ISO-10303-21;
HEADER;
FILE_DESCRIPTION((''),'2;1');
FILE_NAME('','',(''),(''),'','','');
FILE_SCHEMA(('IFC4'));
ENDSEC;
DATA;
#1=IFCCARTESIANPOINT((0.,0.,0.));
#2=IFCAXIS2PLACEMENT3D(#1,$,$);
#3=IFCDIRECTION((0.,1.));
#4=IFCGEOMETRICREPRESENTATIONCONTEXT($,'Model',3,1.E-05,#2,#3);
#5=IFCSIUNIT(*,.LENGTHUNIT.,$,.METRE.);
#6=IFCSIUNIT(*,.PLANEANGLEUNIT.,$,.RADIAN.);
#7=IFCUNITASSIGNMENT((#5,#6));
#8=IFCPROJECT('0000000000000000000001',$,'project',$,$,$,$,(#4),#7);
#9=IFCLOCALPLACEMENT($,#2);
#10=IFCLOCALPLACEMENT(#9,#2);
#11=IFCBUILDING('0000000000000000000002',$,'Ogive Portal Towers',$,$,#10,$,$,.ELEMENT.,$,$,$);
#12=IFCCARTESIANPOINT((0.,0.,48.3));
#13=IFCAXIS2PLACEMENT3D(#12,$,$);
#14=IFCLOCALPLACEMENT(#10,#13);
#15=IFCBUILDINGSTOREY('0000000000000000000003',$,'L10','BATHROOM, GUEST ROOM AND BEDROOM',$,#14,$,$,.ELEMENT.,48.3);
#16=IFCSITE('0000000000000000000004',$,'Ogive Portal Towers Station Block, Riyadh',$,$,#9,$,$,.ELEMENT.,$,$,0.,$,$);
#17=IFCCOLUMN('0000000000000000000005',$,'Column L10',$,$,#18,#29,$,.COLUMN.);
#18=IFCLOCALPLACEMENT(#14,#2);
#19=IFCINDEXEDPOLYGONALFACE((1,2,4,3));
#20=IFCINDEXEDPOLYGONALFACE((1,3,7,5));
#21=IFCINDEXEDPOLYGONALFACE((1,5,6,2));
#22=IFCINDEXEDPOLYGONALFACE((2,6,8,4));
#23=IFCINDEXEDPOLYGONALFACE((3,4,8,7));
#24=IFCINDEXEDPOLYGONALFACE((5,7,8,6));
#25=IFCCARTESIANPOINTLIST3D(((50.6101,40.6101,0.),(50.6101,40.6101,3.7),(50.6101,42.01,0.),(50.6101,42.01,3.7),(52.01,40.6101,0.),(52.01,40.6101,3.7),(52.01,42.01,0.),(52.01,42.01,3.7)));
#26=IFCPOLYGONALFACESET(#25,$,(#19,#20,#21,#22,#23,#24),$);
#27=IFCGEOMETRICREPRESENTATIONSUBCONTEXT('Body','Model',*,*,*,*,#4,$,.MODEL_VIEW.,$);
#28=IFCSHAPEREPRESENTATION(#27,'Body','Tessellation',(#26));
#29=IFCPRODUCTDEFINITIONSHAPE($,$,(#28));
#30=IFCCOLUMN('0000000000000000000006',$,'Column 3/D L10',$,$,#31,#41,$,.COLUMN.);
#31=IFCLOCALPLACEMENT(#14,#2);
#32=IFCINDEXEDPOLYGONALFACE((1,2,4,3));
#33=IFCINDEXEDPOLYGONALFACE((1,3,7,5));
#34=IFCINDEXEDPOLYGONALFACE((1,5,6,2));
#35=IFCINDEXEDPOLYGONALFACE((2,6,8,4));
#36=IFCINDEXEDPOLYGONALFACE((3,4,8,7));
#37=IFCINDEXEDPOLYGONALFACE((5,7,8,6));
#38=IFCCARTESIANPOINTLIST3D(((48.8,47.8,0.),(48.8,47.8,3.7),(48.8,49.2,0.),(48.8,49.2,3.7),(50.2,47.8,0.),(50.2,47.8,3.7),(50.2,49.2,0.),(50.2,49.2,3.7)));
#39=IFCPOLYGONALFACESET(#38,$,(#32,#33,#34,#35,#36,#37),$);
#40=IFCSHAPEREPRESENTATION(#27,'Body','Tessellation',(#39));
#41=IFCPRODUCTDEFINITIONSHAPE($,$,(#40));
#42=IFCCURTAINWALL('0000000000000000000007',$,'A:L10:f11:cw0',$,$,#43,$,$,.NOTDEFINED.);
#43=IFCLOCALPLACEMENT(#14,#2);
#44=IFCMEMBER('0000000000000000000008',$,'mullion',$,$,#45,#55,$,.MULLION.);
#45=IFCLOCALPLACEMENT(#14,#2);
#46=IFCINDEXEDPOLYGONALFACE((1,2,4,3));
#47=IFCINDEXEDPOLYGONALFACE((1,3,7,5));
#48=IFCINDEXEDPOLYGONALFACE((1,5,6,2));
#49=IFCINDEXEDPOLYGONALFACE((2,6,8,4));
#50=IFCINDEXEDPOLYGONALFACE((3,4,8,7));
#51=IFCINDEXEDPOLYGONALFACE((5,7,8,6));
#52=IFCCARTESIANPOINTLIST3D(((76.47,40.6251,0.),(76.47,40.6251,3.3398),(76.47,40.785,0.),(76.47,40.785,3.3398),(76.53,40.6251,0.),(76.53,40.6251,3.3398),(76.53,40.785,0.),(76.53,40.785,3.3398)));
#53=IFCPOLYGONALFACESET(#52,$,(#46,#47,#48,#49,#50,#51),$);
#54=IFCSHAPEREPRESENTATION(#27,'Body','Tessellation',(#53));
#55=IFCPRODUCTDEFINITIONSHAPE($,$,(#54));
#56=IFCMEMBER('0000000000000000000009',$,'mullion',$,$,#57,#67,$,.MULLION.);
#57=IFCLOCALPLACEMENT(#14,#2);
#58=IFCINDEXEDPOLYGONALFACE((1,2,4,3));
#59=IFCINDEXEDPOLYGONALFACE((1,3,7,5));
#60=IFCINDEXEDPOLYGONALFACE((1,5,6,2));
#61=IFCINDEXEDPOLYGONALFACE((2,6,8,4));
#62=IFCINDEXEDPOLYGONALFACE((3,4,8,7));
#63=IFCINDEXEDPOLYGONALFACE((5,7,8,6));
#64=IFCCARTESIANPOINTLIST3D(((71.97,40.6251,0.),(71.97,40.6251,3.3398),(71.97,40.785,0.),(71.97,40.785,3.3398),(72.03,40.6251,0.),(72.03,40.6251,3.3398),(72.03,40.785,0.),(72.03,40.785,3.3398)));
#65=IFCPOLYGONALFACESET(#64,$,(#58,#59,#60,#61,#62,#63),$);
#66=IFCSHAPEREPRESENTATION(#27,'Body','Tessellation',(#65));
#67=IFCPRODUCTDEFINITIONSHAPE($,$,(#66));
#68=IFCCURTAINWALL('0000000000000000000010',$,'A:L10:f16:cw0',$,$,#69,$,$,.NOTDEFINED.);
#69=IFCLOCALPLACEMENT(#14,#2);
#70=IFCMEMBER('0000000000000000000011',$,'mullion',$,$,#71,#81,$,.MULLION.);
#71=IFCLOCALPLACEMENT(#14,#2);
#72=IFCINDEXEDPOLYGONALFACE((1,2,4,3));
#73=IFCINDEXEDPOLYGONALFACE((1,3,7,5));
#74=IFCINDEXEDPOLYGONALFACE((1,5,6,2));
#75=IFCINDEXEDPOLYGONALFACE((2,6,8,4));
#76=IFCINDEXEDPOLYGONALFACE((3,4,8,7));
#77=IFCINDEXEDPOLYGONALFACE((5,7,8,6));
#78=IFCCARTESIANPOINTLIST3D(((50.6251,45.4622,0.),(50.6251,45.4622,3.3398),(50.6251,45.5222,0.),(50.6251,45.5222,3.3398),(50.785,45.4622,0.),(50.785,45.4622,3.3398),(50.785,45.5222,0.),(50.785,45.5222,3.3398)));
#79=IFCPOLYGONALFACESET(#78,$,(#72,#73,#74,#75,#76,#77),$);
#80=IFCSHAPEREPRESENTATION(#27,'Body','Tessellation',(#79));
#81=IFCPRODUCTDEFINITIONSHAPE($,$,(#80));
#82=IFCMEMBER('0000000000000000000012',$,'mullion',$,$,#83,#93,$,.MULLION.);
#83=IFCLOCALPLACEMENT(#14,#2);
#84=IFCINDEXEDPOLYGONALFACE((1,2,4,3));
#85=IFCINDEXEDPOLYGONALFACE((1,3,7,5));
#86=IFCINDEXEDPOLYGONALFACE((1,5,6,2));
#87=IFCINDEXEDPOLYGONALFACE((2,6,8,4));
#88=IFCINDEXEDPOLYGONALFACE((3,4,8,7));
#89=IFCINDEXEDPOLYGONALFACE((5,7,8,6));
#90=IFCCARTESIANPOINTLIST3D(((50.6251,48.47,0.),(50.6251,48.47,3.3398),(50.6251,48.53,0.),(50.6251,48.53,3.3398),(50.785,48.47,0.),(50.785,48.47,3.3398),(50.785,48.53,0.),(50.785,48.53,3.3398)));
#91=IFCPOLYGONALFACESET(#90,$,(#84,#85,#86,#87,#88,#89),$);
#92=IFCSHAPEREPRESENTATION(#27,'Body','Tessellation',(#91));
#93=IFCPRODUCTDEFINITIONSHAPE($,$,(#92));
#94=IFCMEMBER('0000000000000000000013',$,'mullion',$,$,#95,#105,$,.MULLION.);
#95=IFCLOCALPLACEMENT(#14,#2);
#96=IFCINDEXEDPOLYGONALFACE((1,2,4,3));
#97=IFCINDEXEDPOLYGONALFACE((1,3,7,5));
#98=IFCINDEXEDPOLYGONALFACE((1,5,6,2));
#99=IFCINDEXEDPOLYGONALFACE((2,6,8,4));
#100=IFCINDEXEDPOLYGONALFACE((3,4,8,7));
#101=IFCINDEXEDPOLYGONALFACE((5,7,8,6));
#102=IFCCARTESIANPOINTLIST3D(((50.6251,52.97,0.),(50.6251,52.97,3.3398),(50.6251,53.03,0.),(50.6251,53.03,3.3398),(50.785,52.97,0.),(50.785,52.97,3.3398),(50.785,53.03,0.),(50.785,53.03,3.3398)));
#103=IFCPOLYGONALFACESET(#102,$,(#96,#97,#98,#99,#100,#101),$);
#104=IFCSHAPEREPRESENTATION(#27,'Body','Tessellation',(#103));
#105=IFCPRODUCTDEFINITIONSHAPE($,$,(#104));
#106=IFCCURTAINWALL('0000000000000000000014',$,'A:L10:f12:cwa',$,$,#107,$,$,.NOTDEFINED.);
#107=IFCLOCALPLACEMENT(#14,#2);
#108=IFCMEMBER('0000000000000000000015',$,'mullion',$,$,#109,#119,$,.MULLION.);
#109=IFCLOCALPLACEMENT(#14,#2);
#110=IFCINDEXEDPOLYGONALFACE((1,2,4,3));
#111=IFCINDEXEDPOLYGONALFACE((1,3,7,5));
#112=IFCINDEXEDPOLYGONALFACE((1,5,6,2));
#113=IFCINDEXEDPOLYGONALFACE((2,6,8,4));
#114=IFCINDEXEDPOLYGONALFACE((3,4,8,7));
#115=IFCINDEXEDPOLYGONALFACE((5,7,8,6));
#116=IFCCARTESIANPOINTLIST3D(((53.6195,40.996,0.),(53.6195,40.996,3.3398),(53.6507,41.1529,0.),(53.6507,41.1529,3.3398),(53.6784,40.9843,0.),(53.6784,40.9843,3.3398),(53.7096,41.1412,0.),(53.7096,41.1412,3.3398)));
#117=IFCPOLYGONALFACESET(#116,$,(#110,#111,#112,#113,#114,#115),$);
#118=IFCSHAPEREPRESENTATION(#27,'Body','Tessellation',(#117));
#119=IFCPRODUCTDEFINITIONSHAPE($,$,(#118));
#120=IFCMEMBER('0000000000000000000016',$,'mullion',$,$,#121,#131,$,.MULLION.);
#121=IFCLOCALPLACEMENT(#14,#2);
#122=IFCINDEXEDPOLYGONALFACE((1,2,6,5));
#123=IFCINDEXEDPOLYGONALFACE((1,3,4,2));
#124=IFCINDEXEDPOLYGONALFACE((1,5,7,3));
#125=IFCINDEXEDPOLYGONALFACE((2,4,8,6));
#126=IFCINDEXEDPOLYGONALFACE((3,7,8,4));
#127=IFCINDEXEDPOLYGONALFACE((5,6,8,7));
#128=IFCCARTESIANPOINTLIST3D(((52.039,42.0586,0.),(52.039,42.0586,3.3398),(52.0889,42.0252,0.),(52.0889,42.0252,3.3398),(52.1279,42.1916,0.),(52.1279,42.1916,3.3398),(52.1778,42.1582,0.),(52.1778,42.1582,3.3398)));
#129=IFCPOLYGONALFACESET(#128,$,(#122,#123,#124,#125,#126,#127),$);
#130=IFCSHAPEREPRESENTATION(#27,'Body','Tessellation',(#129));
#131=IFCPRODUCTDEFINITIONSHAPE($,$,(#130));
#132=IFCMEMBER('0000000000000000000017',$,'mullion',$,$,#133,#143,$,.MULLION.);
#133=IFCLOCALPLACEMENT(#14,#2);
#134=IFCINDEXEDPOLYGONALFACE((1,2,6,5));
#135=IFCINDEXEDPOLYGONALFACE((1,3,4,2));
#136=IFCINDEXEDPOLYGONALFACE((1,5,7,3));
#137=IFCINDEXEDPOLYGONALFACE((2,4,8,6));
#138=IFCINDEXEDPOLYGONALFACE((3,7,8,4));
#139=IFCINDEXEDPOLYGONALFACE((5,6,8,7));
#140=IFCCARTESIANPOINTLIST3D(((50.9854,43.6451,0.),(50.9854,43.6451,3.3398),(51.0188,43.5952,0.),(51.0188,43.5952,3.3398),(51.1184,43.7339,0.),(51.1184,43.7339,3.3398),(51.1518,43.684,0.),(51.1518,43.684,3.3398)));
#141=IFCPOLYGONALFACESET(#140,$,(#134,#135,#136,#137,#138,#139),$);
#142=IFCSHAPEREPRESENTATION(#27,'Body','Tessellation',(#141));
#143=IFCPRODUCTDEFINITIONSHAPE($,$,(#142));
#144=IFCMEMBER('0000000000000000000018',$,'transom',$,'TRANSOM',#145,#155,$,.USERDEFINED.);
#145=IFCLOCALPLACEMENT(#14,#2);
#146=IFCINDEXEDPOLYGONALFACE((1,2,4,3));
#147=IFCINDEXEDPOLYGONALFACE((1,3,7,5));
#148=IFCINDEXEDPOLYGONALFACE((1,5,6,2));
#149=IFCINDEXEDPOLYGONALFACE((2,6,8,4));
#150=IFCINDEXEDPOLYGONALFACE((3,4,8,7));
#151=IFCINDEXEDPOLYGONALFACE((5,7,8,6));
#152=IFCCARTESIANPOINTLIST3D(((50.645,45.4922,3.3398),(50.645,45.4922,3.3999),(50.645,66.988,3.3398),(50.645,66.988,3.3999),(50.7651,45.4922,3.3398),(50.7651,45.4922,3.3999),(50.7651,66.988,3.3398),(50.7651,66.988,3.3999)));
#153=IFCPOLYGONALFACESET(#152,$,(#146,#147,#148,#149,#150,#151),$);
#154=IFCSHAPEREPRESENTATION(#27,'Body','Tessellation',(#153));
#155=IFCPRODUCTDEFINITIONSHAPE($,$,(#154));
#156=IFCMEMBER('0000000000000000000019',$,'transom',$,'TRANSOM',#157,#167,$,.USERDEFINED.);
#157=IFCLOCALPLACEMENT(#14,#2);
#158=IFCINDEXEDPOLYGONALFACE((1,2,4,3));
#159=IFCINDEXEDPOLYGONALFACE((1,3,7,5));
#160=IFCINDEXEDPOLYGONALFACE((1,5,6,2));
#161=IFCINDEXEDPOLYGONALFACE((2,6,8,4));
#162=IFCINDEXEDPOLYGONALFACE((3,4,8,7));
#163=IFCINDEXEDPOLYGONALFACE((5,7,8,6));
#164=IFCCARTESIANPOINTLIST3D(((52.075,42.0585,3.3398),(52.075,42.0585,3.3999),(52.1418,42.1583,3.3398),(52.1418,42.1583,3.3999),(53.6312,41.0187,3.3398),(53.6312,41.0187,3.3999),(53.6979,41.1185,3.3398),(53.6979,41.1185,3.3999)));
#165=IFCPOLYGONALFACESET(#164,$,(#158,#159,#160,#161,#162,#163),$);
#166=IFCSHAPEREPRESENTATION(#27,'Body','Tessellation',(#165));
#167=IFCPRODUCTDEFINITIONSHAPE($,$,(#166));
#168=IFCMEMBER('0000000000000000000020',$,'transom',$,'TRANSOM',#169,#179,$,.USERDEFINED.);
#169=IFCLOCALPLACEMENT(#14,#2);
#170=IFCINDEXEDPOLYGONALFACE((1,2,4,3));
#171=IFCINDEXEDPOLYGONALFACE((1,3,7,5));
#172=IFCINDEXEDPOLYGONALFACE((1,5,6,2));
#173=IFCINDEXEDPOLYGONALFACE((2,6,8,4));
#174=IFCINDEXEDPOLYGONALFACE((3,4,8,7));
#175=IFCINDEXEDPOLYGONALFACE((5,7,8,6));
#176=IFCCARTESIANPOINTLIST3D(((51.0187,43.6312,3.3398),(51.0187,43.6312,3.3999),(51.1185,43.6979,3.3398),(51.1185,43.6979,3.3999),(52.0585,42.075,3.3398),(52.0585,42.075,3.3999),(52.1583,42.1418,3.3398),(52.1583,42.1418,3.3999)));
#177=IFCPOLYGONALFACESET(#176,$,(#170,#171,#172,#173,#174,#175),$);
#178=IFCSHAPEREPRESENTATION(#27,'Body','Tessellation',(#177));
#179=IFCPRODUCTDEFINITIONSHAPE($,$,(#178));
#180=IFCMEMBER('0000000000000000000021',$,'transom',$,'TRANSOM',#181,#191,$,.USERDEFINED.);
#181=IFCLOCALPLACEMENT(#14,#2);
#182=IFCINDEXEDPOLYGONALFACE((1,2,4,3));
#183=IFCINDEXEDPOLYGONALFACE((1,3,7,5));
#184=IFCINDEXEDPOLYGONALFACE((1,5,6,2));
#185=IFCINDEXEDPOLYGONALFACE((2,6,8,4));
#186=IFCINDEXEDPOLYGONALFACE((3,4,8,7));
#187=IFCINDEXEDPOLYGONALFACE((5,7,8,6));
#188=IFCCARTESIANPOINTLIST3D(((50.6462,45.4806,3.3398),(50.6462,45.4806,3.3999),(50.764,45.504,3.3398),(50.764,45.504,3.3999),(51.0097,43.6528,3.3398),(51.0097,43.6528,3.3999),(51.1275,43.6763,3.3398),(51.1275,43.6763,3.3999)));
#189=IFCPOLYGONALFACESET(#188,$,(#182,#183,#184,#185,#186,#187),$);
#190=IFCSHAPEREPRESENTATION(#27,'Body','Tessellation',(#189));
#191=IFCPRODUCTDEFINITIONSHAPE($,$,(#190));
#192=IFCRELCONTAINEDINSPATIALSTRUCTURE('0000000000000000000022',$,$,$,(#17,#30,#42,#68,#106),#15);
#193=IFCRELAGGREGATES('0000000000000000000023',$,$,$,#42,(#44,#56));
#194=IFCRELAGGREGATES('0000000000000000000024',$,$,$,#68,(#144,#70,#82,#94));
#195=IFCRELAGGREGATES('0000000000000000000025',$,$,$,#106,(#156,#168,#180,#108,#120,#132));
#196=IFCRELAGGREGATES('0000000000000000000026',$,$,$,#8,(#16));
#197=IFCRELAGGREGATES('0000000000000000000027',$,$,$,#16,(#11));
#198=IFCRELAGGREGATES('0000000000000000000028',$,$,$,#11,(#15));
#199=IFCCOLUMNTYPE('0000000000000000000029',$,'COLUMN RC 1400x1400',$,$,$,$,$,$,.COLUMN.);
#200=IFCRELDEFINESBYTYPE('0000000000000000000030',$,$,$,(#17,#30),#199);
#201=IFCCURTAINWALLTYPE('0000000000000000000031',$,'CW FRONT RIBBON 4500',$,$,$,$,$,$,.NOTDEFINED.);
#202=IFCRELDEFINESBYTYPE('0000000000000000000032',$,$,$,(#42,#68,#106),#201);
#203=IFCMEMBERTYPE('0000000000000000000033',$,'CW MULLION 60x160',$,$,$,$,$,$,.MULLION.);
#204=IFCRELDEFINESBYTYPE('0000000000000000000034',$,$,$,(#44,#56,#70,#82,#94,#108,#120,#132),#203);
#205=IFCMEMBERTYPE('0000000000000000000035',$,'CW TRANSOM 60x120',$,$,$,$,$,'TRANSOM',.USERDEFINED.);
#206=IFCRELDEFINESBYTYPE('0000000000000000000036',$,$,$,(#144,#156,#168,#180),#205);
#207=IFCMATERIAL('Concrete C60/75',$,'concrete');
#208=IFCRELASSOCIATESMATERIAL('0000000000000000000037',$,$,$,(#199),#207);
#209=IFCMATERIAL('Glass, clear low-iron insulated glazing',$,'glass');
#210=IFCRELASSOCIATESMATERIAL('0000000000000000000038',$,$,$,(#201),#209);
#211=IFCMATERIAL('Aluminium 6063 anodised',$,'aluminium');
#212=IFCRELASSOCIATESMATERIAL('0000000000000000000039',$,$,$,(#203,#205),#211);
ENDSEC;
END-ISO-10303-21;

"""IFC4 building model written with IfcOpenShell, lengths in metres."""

from ifc_helpers import new_model, si_unit, direction, frame, origin, origin_2d, place, context, subcontext, project, spatial, rectangle, extrude, material, material_profile, profile_set, type_object, element, aggregate, save


model = new_model("IFC4")

# Units and contexts
model_context = context("Model", 3, precision=1e-05, world=origin(), true_north=direction((0.0, 1.0)))
body_context = subcontext(model_context, "Body", "Model", "MODEL_VIEW")
ifc_project = project(units=[si_unit("LENGTHUNIT", "METRE"), si_unit("PLANEANGLEUNIT", "RADIAN")], contexts=[model_context])

# Site, building, storey
site_placement = place(None, origin())
site = spatial("IfcSite", under=ifc_project, at=site_placement, Name="Ogive Portal Towers Station Block, Riyadh", CompositionType="ELEMENT", RefElevation=0.0)
building_placement = place(site_placement, origin())
building = spatial("IfcBuilding", under=site, at=building_placement, Name="Ogive Portal Towers", CompositionType="ELEMENT")
storey_placement = place(building_placement, frame((0.0, 0.0, 48.3)))
storey = spatial("IfcBuildingStorey", under=building, at=storey_placement, Name="L10", Description="BATHROOM, GUEST ROOM AND BEDROOM", CompositionType="ELEMENT", Elevation=48.3)

# Columns
ifc_material_1 = material(Name="Concrete C60/75", Category="concrete")
ifc_material_profile_1 = material_profile(ifc_material_1, rectangle(XDim=1.3999, YDim=1.3999, at=origin_2d()), Name="RC 1400x1400")
ifc_profile_set_1 = profile_set([ifc_material_profile_1], Name="Concrete C60/75")
column_type = type_object("IfcColumnType", Name="COLUMN RC 1400x1400", PredefinedType="COLUMN", material=ifc_profile_set_1)
for number, where, z_axis, x_axis, name in (
    (1, (51.3101, 41.3101, 0.0), (0.0, 0.0, 1.0), (1.0, 0.0, 0.0), "Column L10"),
    (2, (49.5, 48.5, 0.0), (0.0, 0.0, 1.0), (1.0, 0.0, 0.0), "Column 3/D L10"),
):
    element("IfcColumn", number, at=place(storey_placement, frame(where, z_axis=z_axis, x_axis=x_axis)), inside=storey, type_object=column_type, Name=name, PredefinedType="COLUMN", context=body_context, shape_type="SweptSolid", body=[
        extrude(rectangle(XDim=1.3999, YDim=1.3999, at=origin_2d()), origin(), (0.0, 0.0, 1.0), 3.7),
    ])

# Curtain walls, members
ifc_material_2 = material(Name="Glass, clear low-iron insulated glazing", Category="glass")
curtain_wall_type = type_object("IfcCurtainWallType", Name="CW FRONT RIBBON 4500", PredefinedType="NOTDEFINED", material=ifc_material_2)
curtain_wall_1_placement = place(storey_placement, origin())
curtain_wall_1 = element("IfcCurtainWall", 3, at=curtain_wall_1_placement, inside=storey, type_object=curtain_wall_type, Name="A:L10:f11:cw0", PredefinedType="NOTDEFINED")
ifc_material_3 = material(Name="Aluminium 6063 anodised", Category="aluminium")
ifc_material_profile_2 = material_profile(ifc_material_3, rectangle(XDim=0.1599, YDim=0.0601, at=origin_2d()), Name="AL 60x160")
ifc_profile_set_2 = profile_set([ifc_material_profile_2], Name="Aluminium 6063 anodised")
member_type_1 = type_object("IfcMemberType", Name="CW MULLION 60x160", PredefinedType="MULLION", material=ifc_profile_set_2)
member_1_placement = place(storey_placement, frame((76.5, 40.7051, 0.0), z_axis=(0.0, 0.0, 1.0), x_axis=(0.0, -1.0, 0.0)))
member_1 = element("IfcMember", 4, at=member_1_placement, type_object=member_type_1, Name="mullion", PredefinedType="MULLION", context=body_context, shape_type="SweptSolid", body=[
    extrude(rectangle(XDim=0.1599, YDim=0.0601, at=origin_2d()), origin(), (0.0, 0.0, 1.0), 3.3398),
])
member_2_placement = place(storey_placement, frame((72.0, 40.7051, 0.0), z_axis=(0.0, 0.0, 1.0), x_axis=(0.0, -1.0, 0.0)))
member_2 = element("IfcMember", 5, at=member_2_placement, type_object=member_type_1, Name="mullion", PredefinedType="MULLION", context=body_context, shape_type="SweptSolid", body=[
    extrude(rectangle(XDim=0.1599, YDim=0.0601, at=origin_2d()), origin(), (0.0, 0.0, 1.0), 3.3398),
])
curtain_wall_2_placement = place(storey_placement, origin())
curtain_wall_2 = element("IfcCurtainWall", 6, at=curtain_wall_2_placement, inside=storey, type_object=curtain_wall_type, Name="A:L10:f16:cw0", PredefinedType="NOTDEFINED")
member_3_placement = place(storey_placement, frame((50.7051, 45.4922, 0.0), z_axis=(0.0, 0.0, 1.0), x_axis=(-1.0, 0.0, 0.0)))
member_3 = element("IfcMember", 7, at=member_3_placement, type_object=member_type_1, Name="mullion", PredefinedType="MULLION", context=body_context, shape_type="SweptSolid", body=[
    extrude(rectangle(XDim=0.1599, YDim=0.0601, at=origin_2d()), origin(), (0.0, 0.0, 1.0), 3.3398),
])
member_4_placement = place(storey_placement, frame((50.7051, 48.5, 0.0), z_axis=(0.0, 0.0, 1.0), x_axis=(-1.0, 0.0, 0.0)))
member_4 = element("IfcMember", 8, at=member_4_placement, type_object=member_type_1, Name="mullion", PredefinedType="MULLION", context=body_context, shape_type="SweptSolid", body=[
    extrude(rectangle(XDim=0.1599, YDim=0.0601, at=origin_2d()), origin(), (0.0, 0.0, 1.0), 3.3398),
])
member_5_placement = place(storey_placement, frame((50.7051, 53.0, 0.0), z_axis=(0.0, 0.0, 1.0), x_axis=(-1.0, 0.0, 0.0)))
member_5 = element("IfcMember", 9, at=member_5_placement, type_object=member_type_1, Name="mullion", PredefinedType="MULLION", context=body_context, shape_type="SweptSolid", body=[
    extrude(rectangle(XDim=0.1599, YDim=0.0601, at=origin_2d()), origin(), (0.0, 0.0, 1.0), 3.3398),
])
curtain_wall_3_placement = place(storey_placement, origin())
curtain_wall_3 = element("IfcCurtainWall", 10, at=curtain_wall_3_placement, inside=storey, type_object=curtain_wall_type, Name="A:L10:f12:cwa", PredefinedType="NOTDEFINED")
member_6_placement = place(storey_placement, frame((53.6646, 41.0686, 0.0), z_axis=(0.0, 0.0, 1.0), x_axis=(-0.19509, -0.980785, 0.0)))
member_6 = element("IfcMember", 11, at=member_6_placement, type_object=member_type_1, Name="mullion", PredefinedType="MULLION", context=body_context, shape_type="SweptSolid", body=[
    extrude(rectangle(XDim=0.1599, YDim=0.0601, at=origin_2d()), origin(), (0.0, 0.0, 1.0), 3.3398),
])
member_7_placement = place(storey_placement, frame((52.1084, 42.1084, 0.0), z_axis=(0.0, 0.0, 1.0), x_axis=(-0.55557, -0.83147, 0.0)))
member_7 = element("IfcMember", 12, at=member_7_placement, type_object=member_type_1, Name="mullion", PredefinedType="MULLION", context=body_context, shape_type="SweptSolid", body=[
    extrude(rectangle(XDim=0.1599, YDim=0.0601, at=origin_2d()), origin(), (0.0, 0.0, 1.0), 3.3398),
])
member_8_placement = place(storey_placement, frame((51.0686, 43.6646, 0.0), z_axis=(0.0, 0.0, 1.0), x_axis=(-0.83147, -0.55557, 0.0)))
member_8 = element("IfcMember", 13, at=member_8_placement, type_object=member_type_1, Name="mullion", PredefinedType="MULLION", context=body_context, shape_type="SweptSolid", body=[
    extrude(rectangle(XDim=0.1599, YDim=0.0601, at=origin_2d()), origin(), (0.0, 0.0, 1.0), 3.3398),
])

# Members
ifc_material_profile_3 = material_profile(ifc_material_3, rectangle(XDim=0.1201, YDim=0.0601, at=origin_2d()), Name="AL 120x60")
ifc_profile_set_3 = profile_set([ifc_material_profile_3], Name="Aluminium 6063 anodised")
member_type_2 = type_object("IfcMemberType", Name="CW TRANSOM 60x120", ElementType="TRANSOM", PredefinedType="USERDEFINED", material=ifc_profile_set_3)
member_9_placement = place(storey_placement, frame((50.7051, 45.4922, 3.3699), z_axis=(0.0, 1.0, 0.0), x_axis=(-1.0, 0.0, 0.0)))
member_9 = element("IfcMember", 14, at=member_9_placement, type_object=member_type_2, Name="transom", ObjectType="TRANSOM", PredefinedType="USERDEFINED", context=body_context, shape_type="SweptSolid", body=[
    extrude(rectangle(XDim=0.1201, YDim=0.0601, at=origin_2d()), origin(), (0.0, 0.0, 1.0), 21.4958),
])
member_10_placement = place(storey_placement, frame((53.6646, 41.0686, 3.3699), z_axis=(-0.831468, 0.555573, 0.0), x_axis=(-0.555573, -0.831468, 0.0)))
member_10 = element("IfcMember", 15, at=member_10_placement, type_object=member_type_2, Name="transom", ObjectType="TRANSOM", PredefinedType="USERDEFINED", context=body_context, shape_type="SweptSolid", body=[
    extrude(rectangle(XDim=0.1201, YDim=0.0601, at=origin_2d()), origin(), (0.0, 0.0, 1.0), 1.8716),
])
member_11_placement = place(storey_placement, frame((52.1084, 42.1084, 3.3699), z_axis=(-0.555573, 0.831468, 0.0), x_axis=(-0.831468, -0.555573, 0.0)))
member_11 = element("IfcMember", 16, at=member_11_placement, type_object=member_type_2, Name="transom", ObjectType="TRANSOM", PredefinedType="USERDEFINED", context=body_context, shape_type="SweptSolid", body=[
    extrude(rectangle(XDim=0.1201, YDim=0.0601, at=origin_2d()), origin(), (0.0, 0.0, 1.0), 1.8716),
])
member_12_placement = place(storey_placement, frame((51.0686, 43.6646, 3.3699), z_axis=(-0.195083, 0.980787, 0.0), x_axis=(-0.980787, -0.195083, 0.0)))
member_12 = element("IfcMember", 17, at=member_12_placement, type_object=member_type_2, Name="transom", ObjectType="TRANSOM", PredefinedType="USERDEFINED", context=body_context, shape_type="SweptSolid", body=[
    extrude(rectangle(XDim=0.1201, YDim=0.0601, at=origin_2d()), origin(), (0.0, 0.0, 1.0), 1.8635),
])

aggregate(curtain_wall_1, [member_1, member_2])
aggregate(curtain_wall_2, [member_9, member_3, member_4, member_5])
aggregate(curtain_wall_3, [member_10, member_11, member_12, member_6, member_7, member_8])

save(model, "model.ifc")
